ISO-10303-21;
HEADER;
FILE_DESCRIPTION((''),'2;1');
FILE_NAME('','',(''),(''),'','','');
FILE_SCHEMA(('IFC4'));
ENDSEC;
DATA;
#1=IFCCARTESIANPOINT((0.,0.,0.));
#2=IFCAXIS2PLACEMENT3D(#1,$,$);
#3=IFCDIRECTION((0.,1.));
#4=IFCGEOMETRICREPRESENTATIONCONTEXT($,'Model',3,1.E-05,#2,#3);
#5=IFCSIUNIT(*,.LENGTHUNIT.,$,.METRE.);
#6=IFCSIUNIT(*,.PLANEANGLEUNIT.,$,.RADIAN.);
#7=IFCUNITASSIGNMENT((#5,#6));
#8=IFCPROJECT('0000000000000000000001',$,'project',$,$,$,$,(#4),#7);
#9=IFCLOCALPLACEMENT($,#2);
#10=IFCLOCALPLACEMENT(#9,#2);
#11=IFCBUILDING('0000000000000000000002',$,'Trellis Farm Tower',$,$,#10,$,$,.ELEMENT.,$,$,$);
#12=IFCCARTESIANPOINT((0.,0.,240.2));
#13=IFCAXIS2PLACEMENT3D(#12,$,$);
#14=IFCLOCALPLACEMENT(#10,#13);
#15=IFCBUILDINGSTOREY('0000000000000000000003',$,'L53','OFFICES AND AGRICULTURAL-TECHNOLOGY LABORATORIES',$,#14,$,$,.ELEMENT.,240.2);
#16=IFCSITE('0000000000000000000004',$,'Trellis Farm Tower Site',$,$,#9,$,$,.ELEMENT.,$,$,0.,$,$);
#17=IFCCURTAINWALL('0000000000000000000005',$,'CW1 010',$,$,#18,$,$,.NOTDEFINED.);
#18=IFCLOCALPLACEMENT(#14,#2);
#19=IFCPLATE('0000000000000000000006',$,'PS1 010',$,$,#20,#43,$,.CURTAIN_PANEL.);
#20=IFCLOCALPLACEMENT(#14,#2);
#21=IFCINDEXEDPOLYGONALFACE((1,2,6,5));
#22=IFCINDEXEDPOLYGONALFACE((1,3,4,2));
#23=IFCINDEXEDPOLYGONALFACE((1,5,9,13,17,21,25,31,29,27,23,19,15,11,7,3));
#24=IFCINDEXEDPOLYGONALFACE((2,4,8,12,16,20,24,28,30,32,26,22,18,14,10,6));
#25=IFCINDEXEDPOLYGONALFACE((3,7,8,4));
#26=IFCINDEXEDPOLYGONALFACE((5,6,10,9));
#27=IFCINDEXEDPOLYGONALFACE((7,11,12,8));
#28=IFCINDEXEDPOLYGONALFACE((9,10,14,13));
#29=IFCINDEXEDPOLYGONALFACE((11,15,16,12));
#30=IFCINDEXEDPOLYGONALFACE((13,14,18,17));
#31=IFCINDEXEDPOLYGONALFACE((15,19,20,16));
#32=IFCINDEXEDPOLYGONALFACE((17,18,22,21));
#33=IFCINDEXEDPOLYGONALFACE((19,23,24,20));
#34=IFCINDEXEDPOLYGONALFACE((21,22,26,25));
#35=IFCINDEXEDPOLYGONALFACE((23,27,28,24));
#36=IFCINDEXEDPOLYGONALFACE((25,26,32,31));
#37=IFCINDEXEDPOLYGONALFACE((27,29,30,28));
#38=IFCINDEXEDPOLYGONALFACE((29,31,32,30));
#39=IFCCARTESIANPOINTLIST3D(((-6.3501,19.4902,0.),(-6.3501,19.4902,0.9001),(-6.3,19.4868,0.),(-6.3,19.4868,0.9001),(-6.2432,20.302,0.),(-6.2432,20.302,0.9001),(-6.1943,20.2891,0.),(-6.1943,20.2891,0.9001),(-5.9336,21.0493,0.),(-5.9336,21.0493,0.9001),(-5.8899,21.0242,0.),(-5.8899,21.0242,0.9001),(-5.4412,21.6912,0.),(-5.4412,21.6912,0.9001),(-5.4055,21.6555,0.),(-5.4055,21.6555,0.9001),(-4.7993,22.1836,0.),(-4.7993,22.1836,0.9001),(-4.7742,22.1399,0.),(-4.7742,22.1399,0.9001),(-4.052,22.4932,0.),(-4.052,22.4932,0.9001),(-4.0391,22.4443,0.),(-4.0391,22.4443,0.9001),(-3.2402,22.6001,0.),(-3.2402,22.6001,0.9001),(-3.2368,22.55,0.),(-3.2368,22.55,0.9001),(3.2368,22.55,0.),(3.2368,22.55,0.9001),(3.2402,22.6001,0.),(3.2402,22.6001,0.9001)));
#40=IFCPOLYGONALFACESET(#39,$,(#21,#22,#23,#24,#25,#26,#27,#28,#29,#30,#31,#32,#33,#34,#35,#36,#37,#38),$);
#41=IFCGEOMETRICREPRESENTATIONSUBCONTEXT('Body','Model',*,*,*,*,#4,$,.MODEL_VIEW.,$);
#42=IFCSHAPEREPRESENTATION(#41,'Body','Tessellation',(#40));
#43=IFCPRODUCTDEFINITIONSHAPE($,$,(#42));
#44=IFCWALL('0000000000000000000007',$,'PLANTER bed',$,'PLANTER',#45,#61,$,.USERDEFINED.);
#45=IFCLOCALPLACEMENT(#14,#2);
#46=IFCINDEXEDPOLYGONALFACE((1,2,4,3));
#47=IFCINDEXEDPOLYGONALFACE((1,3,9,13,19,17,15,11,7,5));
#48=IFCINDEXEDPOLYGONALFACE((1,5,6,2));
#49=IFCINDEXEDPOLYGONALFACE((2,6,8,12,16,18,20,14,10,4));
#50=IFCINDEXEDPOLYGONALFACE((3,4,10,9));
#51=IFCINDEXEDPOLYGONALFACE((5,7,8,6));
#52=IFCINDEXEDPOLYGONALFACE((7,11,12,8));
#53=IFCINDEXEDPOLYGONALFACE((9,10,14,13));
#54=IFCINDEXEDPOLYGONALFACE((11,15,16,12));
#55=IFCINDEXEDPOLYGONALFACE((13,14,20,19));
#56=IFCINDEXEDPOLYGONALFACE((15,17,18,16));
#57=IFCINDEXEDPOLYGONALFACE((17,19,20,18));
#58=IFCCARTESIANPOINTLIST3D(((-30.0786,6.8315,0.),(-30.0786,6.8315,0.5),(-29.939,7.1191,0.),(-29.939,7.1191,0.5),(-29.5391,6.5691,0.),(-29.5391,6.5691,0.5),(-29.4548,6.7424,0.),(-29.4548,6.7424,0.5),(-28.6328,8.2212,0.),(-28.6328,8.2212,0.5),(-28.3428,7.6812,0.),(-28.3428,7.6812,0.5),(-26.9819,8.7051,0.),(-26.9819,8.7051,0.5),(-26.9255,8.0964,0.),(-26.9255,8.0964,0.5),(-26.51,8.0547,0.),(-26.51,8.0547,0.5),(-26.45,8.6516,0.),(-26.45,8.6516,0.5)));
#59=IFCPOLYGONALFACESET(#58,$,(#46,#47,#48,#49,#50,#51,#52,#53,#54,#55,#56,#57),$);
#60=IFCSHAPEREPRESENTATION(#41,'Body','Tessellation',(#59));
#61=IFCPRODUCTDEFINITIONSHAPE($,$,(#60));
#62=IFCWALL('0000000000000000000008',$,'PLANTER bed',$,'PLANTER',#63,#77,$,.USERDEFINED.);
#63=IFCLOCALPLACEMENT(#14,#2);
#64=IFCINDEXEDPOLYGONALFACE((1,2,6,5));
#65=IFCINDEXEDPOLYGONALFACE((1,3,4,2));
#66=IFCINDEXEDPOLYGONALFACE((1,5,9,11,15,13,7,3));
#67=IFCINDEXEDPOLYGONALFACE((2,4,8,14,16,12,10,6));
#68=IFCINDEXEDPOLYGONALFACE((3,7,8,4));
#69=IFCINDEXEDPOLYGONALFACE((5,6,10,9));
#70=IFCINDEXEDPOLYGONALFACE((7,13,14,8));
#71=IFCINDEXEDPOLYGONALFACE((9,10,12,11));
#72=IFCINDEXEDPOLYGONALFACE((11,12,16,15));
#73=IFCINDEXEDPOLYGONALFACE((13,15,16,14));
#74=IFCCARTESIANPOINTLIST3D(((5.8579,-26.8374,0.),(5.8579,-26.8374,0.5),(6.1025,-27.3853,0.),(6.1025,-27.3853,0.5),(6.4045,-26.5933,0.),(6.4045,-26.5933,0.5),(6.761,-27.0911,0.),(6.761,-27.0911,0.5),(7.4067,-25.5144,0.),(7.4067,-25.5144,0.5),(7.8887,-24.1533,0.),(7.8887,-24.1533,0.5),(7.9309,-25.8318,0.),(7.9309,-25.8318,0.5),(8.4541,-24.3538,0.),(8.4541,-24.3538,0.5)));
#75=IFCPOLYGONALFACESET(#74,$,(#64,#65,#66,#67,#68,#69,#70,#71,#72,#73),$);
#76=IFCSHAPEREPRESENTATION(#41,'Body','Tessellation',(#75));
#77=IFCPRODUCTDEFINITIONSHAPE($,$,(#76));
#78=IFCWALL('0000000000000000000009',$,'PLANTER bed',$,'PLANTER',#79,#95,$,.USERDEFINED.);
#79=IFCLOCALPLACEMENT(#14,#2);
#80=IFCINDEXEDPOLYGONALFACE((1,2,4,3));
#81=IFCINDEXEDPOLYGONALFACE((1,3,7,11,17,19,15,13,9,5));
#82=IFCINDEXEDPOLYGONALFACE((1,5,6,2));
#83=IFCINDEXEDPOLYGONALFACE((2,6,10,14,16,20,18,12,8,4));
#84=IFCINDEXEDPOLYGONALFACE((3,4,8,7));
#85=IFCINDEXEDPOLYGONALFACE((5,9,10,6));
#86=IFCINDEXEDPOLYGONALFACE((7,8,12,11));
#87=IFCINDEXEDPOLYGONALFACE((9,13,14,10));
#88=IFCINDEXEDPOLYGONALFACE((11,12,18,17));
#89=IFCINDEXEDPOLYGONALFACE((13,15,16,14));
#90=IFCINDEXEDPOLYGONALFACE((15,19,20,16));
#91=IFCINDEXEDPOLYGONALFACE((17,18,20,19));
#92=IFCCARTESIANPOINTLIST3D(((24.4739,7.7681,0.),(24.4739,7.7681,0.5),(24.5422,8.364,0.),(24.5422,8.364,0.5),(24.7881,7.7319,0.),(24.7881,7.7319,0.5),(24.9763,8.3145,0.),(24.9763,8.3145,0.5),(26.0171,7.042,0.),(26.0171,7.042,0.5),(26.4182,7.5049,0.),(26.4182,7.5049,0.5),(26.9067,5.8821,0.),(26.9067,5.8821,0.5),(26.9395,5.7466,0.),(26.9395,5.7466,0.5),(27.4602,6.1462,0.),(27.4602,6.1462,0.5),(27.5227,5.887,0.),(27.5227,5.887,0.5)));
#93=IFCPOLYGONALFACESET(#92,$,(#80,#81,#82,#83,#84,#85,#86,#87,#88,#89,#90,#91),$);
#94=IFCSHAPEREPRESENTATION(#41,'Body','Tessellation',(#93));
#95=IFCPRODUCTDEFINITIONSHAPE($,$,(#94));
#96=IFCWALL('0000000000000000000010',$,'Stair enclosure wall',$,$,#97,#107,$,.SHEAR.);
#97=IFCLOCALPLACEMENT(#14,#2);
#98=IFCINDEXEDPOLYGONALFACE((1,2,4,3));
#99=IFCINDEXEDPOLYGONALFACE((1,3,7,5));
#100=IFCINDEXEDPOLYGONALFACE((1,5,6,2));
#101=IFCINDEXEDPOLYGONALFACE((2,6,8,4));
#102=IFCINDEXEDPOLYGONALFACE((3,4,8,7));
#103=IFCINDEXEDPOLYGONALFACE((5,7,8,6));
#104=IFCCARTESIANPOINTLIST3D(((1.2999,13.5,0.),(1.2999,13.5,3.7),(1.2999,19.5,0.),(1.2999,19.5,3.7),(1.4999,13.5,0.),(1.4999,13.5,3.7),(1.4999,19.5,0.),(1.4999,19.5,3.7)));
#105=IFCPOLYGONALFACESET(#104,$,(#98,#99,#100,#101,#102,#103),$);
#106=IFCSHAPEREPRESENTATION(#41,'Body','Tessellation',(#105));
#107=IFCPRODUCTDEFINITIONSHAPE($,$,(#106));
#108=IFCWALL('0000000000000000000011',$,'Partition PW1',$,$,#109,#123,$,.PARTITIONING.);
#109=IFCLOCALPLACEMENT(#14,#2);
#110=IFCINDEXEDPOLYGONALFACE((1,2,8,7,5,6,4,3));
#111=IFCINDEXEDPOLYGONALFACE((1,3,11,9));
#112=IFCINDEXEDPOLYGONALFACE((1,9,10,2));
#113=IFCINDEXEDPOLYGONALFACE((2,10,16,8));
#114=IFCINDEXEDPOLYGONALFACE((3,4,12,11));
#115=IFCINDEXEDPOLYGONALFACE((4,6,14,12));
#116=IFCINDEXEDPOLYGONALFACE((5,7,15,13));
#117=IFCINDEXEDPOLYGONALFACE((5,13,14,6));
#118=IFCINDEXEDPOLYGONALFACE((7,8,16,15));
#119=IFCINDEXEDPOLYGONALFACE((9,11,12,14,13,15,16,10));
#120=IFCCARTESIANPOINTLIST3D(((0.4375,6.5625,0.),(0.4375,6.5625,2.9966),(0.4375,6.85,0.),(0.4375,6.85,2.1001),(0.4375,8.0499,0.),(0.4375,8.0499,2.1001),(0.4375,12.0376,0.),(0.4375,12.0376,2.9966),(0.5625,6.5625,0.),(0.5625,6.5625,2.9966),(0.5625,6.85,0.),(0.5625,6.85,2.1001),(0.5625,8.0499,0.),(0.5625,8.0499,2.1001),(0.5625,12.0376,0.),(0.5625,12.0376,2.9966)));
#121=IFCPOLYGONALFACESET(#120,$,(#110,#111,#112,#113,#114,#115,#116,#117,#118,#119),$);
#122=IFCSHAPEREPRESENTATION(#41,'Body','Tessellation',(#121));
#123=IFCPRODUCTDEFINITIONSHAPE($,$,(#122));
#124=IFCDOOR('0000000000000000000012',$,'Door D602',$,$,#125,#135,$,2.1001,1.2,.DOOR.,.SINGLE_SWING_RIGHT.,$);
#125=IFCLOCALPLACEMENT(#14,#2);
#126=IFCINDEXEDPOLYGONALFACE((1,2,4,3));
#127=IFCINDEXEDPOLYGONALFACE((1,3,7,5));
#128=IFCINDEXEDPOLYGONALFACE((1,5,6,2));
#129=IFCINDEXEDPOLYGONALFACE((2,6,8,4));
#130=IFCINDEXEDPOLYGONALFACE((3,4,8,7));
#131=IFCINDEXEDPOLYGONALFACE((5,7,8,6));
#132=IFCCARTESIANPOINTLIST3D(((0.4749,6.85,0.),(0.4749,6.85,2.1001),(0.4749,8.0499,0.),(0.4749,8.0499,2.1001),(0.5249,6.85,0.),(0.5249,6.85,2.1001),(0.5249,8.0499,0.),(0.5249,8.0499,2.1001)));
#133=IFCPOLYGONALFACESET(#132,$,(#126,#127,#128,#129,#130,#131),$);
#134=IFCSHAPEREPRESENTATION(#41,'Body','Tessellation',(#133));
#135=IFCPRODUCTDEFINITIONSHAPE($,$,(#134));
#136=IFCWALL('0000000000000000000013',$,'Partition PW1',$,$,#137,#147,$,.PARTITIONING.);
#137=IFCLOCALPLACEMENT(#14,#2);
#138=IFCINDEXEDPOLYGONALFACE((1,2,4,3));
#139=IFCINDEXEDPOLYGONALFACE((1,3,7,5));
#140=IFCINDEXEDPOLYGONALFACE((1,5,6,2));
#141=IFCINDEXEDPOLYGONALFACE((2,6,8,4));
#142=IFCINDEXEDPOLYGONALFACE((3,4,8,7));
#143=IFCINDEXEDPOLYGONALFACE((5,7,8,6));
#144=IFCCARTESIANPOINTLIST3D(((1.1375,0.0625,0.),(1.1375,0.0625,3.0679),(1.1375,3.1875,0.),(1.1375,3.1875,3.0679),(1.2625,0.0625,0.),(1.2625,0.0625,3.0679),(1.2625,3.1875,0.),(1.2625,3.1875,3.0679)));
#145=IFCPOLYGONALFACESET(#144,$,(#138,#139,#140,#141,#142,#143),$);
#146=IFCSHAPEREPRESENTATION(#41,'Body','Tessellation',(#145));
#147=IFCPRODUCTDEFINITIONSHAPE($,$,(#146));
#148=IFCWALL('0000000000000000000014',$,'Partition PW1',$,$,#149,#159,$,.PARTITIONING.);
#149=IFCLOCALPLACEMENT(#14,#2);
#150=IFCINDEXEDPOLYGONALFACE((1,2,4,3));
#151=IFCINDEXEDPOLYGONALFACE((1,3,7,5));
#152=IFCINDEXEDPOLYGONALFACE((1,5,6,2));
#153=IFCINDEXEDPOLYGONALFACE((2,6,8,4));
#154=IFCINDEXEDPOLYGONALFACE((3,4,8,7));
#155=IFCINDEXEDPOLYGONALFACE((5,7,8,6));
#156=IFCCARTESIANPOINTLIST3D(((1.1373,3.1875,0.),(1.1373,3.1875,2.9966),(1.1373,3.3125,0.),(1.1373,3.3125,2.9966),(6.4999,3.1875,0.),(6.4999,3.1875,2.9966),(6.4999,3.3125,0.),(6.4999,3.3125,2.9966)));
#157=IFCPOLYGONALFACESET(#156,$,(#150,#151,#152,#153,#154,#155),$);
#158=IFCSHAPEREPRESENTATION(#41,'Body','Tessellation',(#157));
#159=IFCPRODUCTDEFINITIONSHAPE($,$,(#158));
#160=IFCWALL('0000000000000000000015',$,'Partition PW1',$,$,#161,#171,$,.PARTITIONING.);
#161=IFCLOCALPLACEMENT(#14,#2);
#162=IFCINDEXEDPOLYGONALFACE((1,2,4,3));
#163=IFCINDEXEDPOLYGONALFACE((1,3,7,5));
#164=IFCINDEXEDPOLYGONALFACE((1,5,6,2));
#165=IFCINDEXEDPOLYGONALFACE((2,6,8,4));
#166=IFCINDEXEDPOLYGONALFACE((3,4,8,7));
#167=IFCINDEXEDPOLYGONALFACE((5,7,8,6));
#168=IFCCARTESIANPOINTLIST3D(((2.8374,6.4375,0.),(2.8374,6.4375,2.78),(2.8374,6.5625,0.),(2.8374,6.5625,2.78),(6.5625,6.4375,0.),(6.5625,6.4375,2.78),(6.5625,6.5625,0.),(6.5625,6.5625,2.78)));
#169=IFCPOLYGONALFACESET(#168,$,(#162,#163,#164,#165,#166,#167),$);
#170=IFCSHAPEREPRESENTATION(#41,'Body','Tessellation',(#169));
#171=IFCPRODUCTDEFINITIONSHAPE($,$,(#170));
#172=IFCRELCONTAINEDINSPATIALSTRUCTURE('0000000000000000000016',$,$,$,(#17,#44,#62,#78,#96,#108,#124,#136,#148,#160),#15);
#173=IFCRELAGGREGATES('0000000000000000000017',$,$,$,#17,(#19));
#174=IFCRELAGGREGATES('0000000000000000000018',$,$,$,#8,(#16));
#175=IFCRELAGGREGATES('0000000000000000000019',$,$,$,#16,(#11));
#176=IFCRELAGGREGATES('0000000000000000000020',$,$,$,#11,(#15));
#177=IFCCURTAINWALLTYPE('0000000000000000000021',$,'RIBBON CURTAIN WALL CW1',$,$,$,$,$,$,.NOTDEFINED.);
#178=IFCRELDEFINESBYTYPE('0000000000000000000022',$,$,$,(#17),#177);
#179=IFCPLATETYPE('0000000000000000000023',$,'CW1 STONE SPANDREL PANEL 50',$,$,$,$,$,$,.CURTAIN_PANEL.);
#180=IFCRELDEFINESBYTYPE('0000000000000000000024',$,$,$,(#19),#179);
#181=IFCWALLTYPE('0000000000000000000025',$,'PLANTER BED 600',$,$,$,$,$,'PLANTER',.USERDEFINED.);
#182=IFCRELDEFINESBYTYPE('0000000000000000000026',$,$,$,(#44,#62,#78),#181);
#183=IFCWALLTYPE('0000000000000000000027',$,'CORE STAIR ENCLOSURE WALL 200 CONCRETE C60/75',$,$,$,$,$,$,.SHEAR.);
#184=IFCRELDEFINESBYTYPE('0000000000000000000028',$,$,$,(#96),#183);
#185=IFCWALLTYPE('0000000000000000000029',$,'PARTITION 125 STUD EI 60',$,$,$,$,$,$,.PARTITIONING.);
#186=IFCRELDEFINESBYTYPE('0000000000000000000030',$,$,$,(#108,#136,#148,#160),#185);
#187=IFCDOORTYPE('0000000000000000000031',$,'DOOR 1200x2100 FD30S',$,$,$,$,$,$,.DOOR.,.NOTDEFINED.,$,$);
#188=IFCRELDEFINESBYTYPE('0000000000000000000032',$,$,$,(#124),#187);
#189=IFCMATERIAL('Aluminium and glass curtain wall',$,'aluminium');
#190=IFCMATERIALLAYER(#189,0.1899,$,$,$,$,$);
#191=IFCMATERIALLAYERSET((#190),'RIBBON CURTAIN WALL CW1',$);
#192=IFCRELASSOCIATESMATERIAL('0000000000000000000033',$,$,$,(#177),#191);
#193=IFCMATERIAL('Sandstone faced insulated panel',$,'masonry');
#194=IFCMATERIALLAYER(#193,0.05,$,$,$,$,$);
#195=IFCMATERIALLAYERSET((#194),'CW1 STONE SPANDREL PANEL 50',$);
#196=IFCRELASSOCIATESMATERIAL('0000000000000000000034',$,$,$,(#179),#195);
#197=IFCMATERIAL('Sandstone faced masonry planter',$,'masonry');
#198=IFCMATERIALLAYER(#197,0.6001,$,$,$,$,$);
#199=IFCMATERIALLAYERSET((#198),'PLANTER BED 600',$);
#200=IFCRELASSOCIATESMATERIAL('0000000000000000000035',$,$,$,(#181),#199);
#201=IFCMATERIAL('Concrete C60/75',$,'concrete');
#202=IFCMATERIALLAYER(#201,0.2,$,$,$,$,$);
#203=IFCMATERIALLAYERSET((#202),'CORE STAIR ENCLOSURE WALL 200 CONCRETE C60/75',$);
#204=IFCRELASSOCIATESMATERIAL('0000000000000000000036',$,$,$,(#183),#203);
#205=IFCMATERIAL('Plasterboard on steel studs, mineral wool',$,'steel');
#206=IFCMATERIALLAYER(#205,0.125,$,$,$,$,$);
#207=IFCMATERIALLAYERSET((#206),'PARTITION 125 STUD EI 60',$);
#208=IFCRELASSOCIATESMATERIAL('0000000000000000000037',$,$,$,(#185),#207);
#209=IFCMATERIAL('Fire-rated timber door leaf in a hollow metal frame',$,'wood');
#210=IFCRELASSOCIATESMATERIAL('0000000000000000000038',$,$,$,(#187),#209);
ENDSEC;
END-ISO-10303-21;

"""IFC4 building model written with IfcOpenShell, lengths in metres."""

from ifc_helpers import new_model, si_unit, direction, frame, frame_2d, origin, place, context, subcontext, project, spatial, polyline, rectangle, outline, extrude, source, transform, mapped, material, layer, layer_set, type_object, element, fill, aggregate, save


model = new_model("IFC4")

# Units and contexts
model_context = context("Model", 3, precision=1e-05, world=origin(), true_north=direction((0.0, 1.0)))
body_context = subcontext(model_context, "Body", "Model", "MODEL_VIEW")
ifc_project = project(units=[si_unit("LENGTHUNIT", "METRE"), si_unit("PLANEANGLEUNIT", "RADIAN")], contexts=[model_context])

# Site, building, storey
site_placement = place(None, origin())
site = spatial("IfcSite", under=ifc_project, at=site_placement, Name="Trellis Farm Tower Site", CompositionType="ELEMENT", RefElevation=0.0)
building_placement = place(site_placement, origin())
building = spatial("IfcBuilding", under=site, at=building_placement, Name="Trellis Farm Tower", CompositionType="ELEMENT")
storey_placement = place(building_placement, frame((0.0, 0.0, 240.2)))
storey = spatial("IfcBuildingStorey", under=building, at=storey_placement, Name="L53", Description="OFFICES AND AGRICULTURAL-TECHNOLOGY LABORATORIES", CompositionType="ELEMENT", Elevation=240.2)

# Curtain wall
ifc_material_1 = material(Name="Aluminium and glass curtain wall", Category="aluminium")
placement_1 = place(storey_placement, origin())
ifc_layer_1 = layer(ifc_material_1, 0.1899)
ifc_layer_set_1 = layer_set([ifc_layer_1], Name="RIBBON CURTAIN WALL CW1")
curtain_wall_type_1 = type_object("IfcCurtainWallType", Name="RIBBON CURTAIN WALL CW1", PredefinedType="NOTDEFINED", material=ifc_layer_set_1)
curtain_wall_1 = element("IfcCurtainWall", 1, at=placement_1, inside=storey, type_object=curtain_wall_type_1, Name="CW1 010", PredefinedType="NOTDEFINED")

# Plate
ifc_material_2 = material(Name="Sandstone faced insulated panel", Category="masonry")
ifc_layer_2 = layer(ifc_material_2, 0.05)
ifc_layer_set_2 = layer_set([ifc_layer_2], Name="CW1 STONE SPANDREL PANEL 50")
plate_type_1 = type_object("IfcPlateType", Name="CW1 STONE SPANDREL PANEL 50", PredefinedType="CURTAIN_PANEL", material=ifc_layer_set_2)
shared_shape_1 = source(origin(), body_context, "Body", "SweptSolid", [
    extrude(outline(polyline([(3.2402, 22.6001), (-3.2402, 22.6001), (-4.052, 22.4932), (-4.7993, 22.1836), (-5.4412, 21.6912), (-5.9336, 21.0493), (-6.2432, 20.302), (-6.3501, 19.4902), (-6.3, 19.4868), (-6.1943, 20.2891), (-5.8899, 21.0242), (-5.4055, 21.6555), (-4.7742, 22.1399), (-4.0391, 22.4443), (-3.2368, 22.55), (3.2368, 22.55), (3.2402, 22.6001)])), origin(), (0.0, 0.0, 1.0), 0.9001),
])
plate_1 = element("IfcPlate", 2, at=placement_1, type_object=plate_type_1, Name="PS1 010", PredefinedType="CURTAIN_PANEL", context=body_context, shape_type="MappedRepresentation", body=[
    mapped(shared_shape_1, transform((0.0, 0.0, 0.0))),
])
aggregate(curtain_wall_1, [plate_1])

# Walls
ifc_material_3 = material(Name="Sandstone faced masonry planter", Category="masonry")
ifc_layer_3 = layer(ifc_material_3, 0.6001)
ifc_layer_set_3 = layer_set([ifc_layer_3], Name="PLANTER BED 600")
wall_type_1 = type_object("IfcWallType", Name="PLANTER BED 600", ElementType="PLANTER", PredefinedType="USERDEFINED", material=ifc_layer_set_3)
element("IfcWall", 3, at=placement_1, inside=storey, type_object=wall_type_1, Name="PLANTER bed", ObjectType="PLANTER", PredefinedType="USERDEFINED", context=body_context, shape_type="SweptSolid", body=[
    extrude(outline(polyline([(-29.939, 7.1191), (-28.6328, 8.2212), (-26.9819, 8.7051), (-26.45, 8.6516), (-26.51, 8.0547), (-26.9255, 8.0964), (-28.3428, 7.6812), (-29.4548, 6.7424), (-29.5391, 6.5691), (-30.0786, 6.8315), (-29.939, 7.1191)])), origin(), (0.0, 0.0, 1.0), 0.5),
])
element("IfcWall", 4, at=placement_1, inside=storey, type_object=wall_type_1, Name="PLANTER bed", ObjectType="PLANTER", PredefinedType="USERDEFINED", context=body_context, shape_type="SweptSolid", body=[
    extrude(outline(polyline([(6.761, -27.0911), (6.1025, -27.3853), (5.8579, -26.8374), (6.4045, -26.5933), (7.4067, -25.5144), (7.8887, -24.1533), (8.4541, -24.3538), (7.9309, -25.8318), (6.761, -27.0911)])), origin(), (0.0, 0.0, 1.0), 0.5),
])
element("IfcWall", 5, at=placement_1, inside=storey, type_object=wall_type_1, Name="PLANTER bed", ObjectType="PLANTER", PredefinedType="USERDEFINED", context=body_context, shape_type="SweptSolid", body=[
    extrude(outline(polyline([(26.4182, 7.5049), (27.4602, 6.1462), (27.5227, 5.887), (26.9395, 5.7466), (26.9067, 5.8821), (26.0171, 7.042), (24.7881, 7.7319), (24.4739, 7.7681), (24.5422, 8.364), (24.9763, 8.3145), (26.4182, 7.5049)])), origin(), (0.0, 0.0, 1.0), 0.5),
])
ifc_material_4 = material(Name="Concrete C60/75", Category="concrete")
ifc_layer_4 = layer(ifc_material_4, 0.2)
ifc_layer_set_4 = layer_set([ifc_layer_4], Name="CORE STAIR ENCLOSURE WALL 200 CONCRETE C60/75")
wall_type_2 = type_object("IfcWallType", Name="CORE STAIR ENCLOSURE WALL 200 CONCRETE C60/75", PredefinedType="SHEAR", material=ifc_layer_set_4)
shared_shape_2 = source(origin(), body_context, "Body", "SweptSolid", [
    extrude(rectangle(XDim=6.0, YDim=0.2, at=frame_2d((3.0, 0.0))), origin(), (0.0, 0.0, 1.0), 3.7),
])
wall_1_placement = place(storey_placement, frame((1.3999, 13.5, 0.0), z_axis=(0.0, 0.0, 1.0), x_axis=(0.0, 1.0, 0.0)))
element("IfcWall", 6, at=wall_1_placement, inside=storey, type_object=wall_type_2, Name="Stair enclosure wall", PredefinedType="SHEAR", context=body_context, shape_type="MappedRepresentation", body=[
    mapped(shared_shape_2, transform((0.0, 0.0, 0.0))),
])

# Wall, opening, door
ifc_material_5 = material(Name="Plasterboard on steel studs, mineral wool", Category="steel")
ifc_layer_5 = layer(ifc_material_5, 0.125)
ifc_layer_set_5 = layer_set([ifc_layer_5], Name="PARTITION 125 STUD EI 60")
wall_type_3 = type_object("IfcWallType", Name="PARTITION 125 STUD EI 60", PredefinedType="PARTITIONING", material=ifc_layer_set_5)
shared_shape_3 = source(origin(), body_context, "Body", "SweptSolid", [
    extrude(rectangle(XDim=5.4751, YDim=0.125, at=frame_2d((2.7375, 0.0))), origin(), (0.0, 0.0, 1.0), 2.9966),
])
wall_2_placement = place(storey_placement, frame((0.5, 12.0376, 0.0), z_axis=(0.0, 0.0, 1.0), x_axis=(0.0, -1.0, 0.0)))
wall_2 = element("IfcWall", 7, at=wall_2_placement, inside=storey, type_object=wall_type_3, Name="Partition PW1", PredefinedType="PARTITIONING", context=body_context, shape_type="MappedRepresentation", body=[
    mapped(shared_shape_3, transform((0.0, 0.0, 0.0))),
])
shared_shape_4 = source(origin(), body_context, "Body", "SweptSolid", [
    extrude(rectangle(XDim=1.2, YDim=2.1001, at=frame_2d((0.6001, 1.05))), frame((0.0, 0.0725, 0.0), z_axis=(0.0, -1.0, 0.0), x_axis=(1.0, 0.0, 0.0)), (0.0, 0.0, 1.0), 0.145),
])
opening_placement = place(wall_2_placement, frame((3.9875, 0.0, 0.0)))
opening = element("IfcOpeningElement", 8, at=opening_placement, cuts=wall_2, PredefinedType="OPENING", context=body_context, shape_type="MappedRepresentation", body=[
    mapped(shared_shape_4, transform((0.0, 0.0, 0.0))),
])
ifc_material_6 = material(Name="Fire-rated timber door leaf in a hollow metal frame", Category="wood")
door_type = type_object("IfcDoorType", Name="DOOR 1200x2100 FD30S", OperationType="NOTDEFINED", PredefinedType="DOOR", material=ifc_material_6)
shared_shape_5 = source(origin(), body_context, "Body", "SweptSolid", [
    extrude(rectangle(XDim=1.2, YDim=2.1001, at=frame_2d((0.6001, 1.05))), frame((0.0, 0.0249, 0.0), z_axis=(0.0, -1.0, 0.0), x_axis=(1.0, 0.0, 0.0)), (0.0, 0.0, 1.0), 0.05),
])
door_placement = place(opening_placement, origin())
door = element("IfcDoor", 9, at=door_placement, inside=storey, type_object=door_type, Name="Door D602", OperationType="SINGLE_SWING_RIGHT", OverallHeight=2.1001, OverallWidth=1.2, PredefinedType="DOOR", context=body_context, shape_type="MappedRepresentation", body=[
    mapped(shared_shape_5, transform((0.0, 0.0, 0.0))),
])
fill(opening, door)

# Walls
shared_shape_6 = source(origin(), body_context, "Body", "SweptSolid", [
    extrude(rectangle(XDim=3.125, YDim=0.125, at=frame_2d((1.5625, 0.0))), origin(), (0.0, 0.0, 1.0), 3.0679),
])
wall_3_placement = place(storey_placement, frame((1.2, 3.1875, 0.0), z_axis=(0.0, 0.0, 1.0), x_axis=(0.0, -1.0, 0.0)))
element("IfcWall", 10, at=wall_3_placement, inside=storey, type_object=wall_type_3, Name="Partition PW1", PredefinedType="PARTITIONING", context=body_context, shape_type="MappedRepresentation", body=[
    mapped(shared_shape_6, transform((0.0, 0.0, 0.0))),
])
shared_shape_7 = source(origin(), body_context, "Body", "SweptSolid", [
    extrude(rectangle(XDim=5.3625, YDim=0.125, at=frame_2d((2.6812, 0.0))), origin(), (0.0, 0.0, 1.0), 2.9966),
])
wall_4_placement = place(storey_placement, frame((1.1375, 3.25, 0.0), z_axis=(0.0, 0.0, 1.0), x_axis=(1.0, 0.0, 0.0)))
element("IfcWall", 11, at=wall_4_placement, inside=storey, type_object=wall_type_3, Name="Partition PW1", PredefinedType="PARTITIONING", context=body_context, shape_type="MappedRepresentation", body=[
    mapped(shared_shape_7, transform((0.0, 0.0, 0.0))),
])
shared_shape_8 = source(origin(), body_context, "Body", "SweptSolid", [
    extrude(rectangle(XDim=3.7251, YDim=0.125, at=frame_2d((1.8625, 0.0))), origin(), (0.0, 0.0, 1.0), 2.78),
])
wall_5_placement = place(storey_placement, frame((2.8374, 6.5, 0.0), z_axis=(0.0, 0.0, 1.0), x_axis=(1.0, 0.0, 0.0)))
element("IfcWall", 12, at=wall_5_placement, inside=storey, type_object=wall_type_3, Name="Partition PW1", PredefinedType="PARTITIONING", context=body_context, shape_type="MappedRepresentation", body=[
    mapped(shared_shape_8, transform((0.0, 0.0, 0.0))),
])

save(model, "model.ifc")
